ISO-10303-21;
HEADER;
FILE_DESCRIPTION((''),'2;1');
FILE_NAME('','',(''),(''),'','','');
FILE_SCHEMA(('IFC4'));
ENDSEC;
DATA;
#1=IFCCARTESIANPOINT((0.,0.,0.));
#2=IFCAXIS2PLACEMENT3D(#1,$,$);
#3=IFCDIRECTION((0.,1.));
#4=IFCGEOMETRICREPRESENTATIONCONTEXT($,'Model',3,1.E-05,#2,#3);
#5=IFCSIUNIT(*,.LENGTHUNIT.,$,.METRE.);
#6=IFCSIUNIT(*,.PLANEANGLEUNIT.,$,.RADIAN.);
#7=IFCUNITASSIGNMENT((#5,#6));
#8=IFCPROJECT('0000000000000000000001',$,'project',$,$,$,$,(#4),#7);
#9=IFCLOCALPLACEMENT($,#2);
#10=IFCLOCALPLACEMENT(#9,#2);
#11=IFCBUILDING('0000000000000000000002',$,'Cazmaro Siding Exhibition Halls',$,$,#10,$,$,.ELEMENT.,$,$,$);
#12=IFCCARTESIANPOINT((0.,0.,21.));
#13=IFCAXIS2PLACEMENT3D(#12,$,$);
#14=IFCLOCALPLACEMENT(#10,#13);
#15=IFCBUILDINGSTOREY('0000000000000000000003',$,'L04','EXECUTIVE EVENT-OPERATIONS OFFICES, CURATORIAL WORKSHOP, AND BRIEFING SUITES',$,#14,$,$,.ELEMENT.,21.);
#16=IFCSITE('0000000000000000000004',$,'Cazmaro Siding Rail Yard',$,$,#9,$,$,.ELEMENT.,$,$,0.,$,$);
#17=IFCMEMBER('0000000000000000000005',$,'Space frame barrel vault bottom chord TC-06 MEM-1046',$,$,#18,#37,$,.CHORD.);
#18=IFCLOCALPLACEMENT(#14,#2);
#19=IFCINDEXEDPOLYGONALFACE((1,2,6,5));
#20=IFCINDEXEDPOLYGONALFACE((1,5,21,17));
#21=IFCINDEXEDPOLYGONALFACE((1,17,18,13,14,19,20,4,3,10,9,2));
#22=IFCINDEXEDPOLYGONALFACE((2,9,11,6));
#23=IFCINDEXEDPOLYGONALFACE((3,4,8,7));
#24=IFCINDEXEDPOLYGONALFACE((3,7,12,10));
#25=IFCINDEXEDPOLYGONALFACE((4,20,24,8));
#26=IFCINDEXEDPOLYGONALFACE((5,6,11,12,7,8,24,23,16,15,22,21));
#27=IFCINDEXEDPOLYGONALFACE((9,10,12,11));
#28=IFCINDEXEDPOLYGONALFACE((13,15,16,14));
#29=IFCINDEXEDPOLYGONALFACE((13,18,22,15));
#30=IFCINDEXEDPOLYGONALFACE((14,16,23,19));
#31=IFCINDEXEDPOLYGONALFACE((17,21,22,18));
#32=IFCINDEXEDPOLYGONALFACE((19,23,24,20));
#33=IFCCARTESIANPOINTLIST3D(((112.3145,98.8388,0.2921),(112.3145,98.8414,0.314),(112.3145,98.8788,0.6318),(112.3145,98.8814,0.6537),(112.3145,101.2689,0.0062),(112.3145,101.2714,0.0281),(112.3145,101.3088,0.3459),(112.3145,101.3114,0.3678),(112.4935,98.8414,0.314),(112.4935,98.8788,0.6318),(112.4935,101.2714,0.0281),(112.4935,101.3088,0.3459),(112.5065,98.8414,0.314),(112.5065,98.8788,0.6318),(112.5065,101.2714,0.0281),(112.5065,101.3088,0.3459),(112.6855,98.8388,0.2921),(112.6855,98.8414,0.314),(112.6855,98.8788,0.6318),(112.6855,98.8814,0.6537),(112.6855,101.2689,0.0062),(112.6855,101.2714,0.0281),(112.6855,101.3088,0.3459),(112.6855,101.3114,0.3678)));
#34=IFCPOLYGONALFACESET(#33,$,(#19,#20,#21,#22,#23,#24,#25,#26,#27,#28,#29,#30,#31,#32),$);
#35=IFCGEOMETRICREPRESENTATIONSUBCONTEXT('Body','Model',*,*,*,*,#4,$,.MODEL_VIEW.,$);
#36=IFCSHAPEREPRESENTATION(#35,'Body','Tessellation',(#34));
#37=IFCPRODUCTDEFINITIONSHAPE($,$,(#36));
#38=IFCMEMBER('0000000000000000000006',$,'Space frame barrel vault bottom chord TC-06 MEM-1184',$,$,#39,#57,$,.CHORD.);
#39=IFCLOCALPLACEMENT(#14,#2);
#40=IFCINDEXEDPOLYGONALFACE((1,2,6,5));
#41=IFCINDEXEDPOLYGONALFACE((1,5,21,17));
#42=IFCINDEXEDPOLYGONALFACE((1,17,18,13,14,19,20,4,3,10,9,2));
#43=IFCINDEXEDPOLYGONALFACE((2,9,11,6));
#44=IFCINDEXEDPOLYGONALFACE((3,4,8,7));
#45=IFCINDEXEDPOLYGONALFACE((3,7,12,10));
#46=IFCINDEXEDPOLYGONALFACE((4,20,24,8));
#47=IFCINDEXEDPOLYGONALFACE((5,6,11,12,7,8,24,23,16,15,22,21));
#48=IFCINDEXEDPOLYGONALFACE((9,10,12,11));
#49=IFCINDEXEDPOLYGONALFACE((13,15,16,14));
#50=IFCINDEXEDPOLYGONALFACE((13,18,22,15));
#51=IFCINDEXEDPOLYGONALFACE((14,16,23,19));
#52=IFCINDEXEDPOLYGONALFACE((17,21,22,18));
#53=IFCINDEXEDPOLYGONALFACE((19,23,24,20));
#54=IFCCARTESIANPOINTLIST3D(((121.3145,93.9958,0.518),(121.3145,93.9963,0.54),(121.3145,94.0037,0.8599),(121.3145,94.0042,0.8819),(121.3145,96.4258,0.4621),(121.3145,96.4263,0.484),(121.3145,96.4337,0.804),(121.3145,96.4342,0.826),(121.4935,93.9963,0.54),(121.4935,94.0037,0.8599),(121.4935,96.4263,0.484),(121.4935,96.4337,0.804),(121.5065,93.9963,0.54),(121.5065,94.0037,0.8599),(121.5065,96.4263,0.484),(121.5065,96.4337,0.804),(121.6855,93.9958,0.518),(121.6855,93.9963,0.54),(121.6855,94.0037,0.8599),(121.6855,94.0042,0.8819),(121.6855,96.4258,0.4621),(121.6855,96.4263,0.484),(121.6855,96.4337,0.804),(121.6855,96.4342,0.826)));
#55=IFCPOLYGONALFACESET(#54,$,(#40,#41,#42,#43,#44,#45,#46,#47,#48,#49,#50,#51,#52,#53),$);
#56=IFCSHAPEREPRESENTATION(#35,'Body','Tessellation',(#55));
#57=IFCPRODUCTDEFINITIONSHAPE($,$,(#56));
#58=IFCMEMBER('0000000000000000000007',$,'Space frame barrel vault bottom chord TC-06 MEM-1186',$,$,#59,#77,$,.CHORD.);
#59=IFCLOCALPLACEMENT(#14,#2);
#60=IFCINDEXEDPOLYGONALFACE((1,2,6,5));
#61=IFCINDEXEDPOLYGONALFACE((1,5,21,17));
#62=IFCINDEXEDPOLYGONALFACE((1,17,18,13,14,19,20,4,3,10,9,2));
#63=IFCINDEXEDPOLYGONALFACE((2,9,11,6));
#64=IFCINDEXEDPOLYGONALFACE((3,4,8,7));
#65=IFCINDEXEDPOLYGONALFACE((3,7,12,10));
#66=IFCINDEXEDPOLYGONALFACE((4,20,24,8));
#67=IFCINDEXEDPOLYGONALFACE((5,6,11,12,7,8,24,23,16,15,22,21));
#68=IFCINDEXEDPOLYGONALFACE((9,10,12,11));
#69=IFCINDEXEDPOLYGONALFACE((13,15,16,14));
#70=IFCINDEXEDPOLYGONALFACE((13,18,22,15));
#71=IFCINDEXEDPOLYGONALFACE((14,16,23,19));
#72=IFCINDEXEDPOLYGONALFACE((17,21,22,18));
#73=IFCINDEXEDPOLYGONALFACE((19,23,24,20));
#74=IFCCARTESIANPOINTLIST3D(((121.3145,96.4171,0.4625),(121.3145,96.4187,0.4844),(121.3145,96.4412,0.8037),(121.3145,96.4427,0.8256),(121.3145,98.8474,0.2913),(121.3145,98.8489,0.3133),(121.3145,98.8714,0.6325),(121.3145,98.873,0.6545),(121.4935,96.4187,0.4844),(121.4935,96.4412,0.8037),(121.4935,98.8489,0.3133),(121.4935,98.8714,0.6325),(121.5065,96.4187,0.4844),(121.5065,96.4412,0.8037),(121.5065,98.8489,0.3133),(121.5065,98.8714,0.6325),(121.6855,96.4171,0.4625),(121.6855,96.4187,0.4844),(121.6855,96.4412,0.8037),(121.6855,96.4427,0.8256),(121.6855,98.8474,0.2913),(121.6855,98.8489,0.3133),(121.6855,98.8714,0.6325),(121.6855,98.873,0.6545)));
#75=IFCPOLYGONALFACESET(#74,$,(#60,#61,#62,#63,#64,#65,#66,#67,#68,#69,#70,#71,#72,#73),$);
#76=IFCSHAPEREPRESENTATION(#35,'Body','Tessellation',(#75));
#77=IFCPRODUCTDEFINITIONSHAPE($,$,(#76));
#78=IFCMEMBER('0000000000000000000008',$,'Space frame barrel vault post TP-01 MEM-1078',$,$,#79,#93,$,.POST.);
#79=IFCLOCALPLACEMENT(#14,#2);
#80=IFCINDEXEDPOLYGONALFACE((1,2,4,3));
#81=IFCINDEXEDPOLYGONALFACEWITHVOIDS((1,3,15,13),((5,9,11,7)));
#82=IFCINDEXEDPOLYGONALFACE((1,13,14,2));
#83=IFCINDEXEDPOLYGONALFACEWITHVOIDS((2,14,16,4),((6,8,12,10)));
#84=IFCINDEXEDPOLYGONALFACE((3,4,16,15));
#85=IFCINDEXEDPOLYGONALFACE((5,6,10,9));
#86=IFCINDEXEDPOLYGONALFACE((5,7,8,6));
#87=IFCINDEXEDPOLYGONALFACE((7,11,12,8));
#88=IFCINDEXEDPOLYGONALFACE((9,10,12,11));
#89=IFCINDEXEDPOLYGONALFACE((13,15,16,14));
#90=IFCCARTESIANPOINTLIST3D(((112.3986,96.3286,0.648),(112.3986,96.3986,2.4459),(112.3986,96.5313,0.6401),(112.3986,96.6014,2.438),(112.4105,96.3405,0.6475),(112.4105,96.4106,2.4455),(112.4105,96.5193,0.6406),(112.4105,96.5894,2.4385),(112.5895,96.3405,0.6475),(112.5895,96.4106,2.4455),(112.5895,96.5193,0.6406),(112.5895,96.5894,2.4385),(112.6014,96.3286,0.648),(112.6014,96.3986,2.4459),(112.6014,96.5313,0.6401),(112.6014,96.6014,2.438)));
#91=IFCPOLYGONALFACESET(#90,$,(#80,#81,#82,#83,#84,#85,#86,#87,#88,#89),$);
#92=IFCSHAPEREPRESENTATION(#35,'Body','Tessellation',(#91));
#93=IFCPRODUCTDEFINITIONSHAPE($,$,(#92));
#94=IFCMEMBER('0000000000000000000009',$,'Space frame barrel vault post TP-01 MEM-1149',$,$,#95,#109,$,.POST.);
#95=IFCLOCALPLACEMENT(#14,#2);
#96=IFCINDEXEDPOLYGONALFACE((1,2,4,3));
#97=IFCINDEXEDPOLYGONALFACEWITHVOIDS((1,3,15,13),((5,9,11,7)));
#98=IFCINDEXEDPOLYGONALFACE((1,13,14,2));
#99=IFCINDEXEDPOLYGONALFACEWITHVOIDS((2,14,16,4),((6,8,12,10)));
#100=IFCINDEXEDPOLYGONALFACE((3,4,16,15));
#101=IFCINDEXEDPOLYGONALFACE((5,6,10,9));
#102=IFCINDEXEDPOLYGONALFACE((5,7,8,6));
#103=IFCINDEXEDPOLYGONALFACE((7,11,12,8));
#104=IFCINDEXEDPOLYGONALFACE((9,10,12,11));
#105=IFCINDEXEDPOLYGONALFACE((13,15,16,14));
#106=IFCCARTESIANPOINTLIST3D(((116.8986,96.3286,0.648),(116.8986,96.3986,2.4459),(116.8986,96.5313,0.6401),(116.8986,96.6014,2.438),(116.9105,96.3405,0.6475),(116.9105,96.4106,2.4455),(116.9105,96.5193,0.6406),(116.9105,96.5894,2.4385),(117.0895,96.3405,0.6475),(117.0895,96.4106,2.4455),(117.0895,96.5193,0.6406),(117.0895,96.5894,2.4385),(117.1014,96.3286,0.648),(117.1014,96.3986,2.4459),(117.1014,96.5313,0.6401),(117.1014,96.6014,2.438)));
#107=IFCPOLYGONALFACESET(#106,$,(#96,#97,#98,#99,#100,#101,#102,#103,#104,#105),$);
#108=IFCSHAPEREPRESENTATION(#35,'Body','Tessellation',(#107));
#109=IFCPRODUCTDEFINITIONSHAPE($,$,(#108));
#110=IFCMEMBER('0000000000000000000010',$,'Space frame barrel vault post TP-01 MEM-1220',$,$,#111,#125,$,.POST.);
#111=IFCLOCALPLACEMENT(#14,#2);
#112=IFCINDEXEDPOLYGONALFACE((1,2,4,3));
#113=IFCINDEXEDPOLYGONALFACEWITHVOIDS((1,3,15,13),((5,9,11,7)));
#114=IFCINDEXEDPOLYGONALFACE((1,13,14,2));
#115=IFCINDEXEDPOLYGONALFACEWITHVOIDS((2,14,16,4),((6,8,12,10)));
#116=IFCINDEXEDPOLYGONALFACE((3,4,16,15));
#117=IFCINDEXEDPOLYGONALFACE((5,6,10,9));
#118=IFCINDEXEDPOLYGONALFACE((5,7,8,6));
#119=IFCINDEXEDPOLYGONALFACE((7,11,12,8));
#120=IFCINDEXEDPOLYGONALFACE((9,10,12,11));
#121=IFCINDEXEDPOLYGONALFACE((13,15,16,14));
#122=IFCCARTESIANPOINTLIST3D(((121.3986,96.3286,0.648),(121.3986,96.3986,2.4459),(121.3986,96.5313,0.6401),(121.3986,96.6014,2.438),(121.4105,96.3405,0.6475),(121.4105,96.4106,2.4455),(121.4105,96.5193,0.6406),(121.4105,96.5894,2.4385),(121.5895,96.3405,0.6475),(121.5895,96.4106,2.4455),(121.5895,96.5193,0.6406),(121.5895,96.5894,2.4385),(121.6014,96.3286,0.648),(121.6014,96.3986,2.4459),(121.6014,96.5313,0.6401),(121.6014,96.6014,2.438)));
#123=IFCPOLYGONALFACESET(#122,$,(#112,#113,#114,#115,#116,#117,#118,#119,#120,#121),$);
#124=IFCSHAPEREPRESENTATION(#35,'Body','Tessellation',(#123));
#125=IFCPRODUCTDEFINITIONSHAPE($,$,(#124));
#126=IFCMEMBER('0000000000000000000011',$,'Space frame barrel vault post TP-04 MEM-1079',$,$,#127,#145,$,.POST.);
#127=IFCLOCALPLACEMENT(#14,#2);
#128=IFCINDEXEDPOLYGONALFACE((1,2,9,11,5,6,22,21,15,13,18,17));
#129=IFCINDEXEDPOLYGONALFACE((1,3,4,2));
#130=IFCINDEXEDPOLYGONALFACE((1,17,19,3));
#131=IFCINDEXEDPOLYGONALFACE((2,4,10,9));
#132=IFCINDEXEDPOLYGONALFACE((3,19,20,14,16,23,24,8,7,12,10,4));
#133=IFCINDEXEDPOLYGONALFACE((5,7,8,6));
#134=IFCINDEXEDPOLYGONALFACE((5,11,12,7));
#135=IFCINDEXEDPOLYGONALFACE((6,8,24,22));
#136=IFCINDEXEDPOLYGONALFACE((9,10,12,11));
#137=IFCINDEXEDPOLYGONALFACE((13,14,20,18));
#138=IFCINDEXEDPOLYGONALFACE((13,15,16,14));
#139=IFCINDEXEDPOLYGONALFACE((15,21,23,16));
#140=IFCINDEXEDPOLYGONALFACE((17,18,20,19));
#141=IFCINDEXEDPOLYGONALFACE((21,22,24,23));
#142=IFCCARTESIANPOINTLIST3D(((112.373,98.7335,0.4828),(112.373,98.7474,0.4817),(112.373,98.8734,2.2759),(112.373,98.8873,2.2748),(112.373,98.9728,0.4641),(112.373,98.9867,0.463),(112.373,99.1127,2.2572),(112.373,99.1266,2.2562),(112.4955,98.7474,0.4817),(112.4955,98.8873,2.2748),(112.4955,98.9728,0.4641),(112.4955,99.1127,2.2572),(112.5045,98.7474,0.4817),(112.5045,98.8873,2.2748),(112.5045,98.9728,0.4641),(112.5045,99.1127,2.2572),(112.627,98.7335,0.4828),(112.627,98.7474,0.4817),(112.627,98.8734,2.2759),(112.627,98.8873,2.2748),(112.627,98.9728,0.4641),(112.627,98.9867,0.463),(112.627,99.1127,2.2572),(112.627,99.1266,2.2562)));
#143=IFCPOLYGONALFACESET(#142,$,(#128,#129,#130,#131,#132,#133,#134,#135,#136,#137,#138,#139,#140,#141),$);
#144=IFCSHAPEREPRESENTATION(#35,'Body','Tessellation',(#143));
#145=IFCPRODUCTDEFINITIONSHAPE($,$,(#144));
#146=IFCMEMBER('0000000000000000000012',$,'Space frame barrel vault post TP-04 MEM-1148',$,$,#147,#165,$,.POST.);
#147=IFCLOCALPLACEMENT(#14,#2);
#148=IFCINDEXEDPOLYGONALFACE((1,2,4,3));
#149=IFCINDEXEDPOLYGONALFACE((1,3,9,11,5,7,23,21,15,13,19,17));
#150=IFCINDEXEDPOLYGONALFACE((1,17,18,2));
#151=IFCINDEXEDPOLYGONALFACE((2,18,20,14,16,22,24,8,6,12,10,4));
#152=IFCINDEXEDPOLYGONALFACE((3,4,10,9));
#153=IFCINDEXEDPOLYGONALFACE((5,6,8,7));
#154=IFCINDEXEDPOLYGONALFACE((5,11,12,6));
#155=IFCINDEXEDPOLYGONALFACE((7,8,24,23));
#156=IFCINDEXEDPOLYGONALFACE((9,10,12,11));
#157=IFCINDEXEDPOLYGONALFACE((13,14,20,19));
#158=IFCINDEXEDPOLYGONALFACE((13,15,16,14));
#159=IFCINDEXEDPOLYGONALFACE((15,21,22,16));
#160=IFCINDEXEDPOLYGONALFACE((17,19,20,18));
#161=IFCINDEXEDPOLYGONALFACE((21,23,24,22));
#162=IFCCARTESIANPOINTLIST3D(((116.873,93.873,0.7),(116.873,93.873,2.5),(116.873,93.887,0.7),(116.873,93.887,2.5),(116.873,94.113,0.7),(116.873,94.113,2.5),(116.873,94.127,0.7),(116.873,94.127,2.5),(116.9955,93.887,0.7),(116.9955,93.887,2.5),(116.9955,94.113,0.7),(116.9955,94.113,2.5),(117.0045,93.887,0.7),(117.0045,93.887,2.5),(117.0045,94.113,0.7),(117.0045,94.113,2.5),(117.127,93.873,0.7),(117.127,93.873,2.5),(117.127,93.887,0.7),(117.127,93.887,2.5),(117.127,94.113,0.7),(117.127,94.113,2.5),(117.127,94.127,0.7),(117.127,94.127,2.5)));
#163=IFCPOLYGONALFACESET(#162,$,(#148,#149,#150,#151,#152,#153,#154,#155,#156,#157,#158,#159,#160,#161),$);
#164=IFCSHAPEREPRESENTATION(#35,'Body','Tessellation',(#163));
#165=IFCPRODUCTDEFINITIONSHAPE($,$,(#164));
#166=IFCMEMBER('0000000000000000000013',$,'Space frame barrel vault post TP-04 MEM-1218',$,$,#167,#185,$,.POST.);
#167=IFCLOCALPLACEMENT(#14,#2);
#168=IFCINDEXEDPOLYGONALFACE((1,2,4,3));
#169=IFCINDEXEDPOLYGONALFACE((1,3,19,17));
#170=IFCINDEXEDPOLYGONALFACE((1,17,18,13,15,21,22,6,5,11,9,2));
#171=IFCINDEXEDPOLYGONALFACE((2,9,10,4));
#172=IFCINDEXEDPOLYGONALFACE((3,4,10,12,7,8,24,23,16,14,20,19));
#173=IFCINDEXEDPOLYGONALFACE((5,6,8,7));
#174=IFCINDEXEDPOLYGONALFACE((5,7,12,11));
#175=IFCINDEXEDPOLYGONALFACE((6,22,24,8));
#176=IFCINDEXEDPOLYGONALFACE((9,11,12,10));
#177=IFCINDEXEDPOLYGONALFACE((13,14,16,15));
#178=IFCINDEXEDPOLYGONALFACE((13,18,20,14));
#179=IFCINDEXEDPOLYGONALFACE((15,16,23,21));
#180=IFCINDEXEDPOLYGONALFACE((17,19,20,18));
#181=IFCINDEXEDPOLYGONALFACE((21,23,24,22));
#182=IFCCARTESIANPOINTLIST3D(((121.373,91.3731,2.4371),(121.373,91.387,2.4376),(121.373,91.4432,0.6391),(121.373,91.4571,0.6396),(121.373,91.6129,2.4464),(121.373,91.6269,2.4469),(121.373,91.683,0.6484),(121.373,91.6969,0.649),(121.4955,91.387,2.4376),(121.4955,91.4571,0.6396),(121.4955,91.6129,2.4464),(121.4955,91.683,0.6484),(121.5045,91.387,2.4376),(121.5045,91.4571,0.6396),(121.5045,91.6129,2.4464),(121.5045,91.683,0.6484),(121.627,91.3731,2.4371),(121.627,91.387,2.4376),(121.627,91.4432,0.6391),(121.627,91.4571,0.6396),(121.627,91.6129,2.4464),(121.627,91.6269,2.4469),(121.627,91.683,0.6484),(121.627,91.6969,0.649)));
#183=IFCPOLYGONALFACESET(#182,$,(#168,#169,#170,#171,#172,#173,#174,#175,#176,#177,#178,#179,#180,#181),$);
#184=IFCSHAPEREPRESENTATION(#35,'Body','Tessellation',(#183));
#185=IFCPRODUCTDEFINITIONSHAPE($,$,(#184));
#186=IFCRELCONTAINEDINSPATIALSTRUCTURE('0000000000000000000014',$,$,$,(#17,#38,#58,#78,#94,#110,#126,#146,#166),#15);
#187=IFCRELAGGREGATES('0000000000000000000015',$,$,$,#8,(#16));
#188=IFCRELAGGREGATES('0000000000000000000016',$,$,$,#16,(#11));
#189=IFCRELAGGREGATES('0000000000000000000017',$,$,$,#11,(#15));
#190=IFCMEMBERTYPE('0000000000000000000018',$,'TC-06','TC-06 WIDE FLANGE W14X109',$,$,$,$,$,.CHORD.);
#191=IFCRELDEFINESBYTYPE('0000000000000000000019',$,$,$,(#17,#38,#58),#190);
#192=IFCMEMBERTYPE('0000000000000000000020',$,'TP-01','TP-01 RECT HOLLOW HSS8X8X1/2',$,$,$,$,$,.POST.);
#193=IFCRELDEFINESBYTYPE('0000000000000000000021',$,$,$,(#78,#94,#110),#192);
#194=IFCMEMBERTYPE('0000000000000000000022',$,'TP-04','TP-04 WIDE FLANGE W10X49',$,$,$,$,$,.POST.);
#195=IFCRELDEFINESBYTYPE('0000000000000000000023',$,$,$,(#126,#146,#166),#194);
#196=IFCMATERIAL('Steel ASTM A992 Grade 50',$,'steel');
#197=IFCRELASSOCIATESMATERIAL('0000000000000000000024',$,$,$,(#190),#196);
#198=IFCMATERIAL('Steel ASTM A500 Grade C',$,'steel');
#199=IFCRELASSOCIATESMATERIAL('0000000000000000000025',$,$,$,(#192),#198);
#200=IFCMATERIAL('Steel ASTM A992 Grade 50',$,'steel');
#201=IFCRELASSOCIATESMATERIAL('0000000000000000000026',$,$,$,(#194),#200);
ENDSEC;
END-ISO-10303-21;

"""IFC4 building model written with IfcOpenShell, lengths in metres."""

from ifc_helpers import new_model, si_unit, direction, frame, origin, origin_2d, place, context, subcontext, project, spatial, hollow_rectangle, i_section, extrude, material, material_profile, profile_set, type_object, element, save


model = new_model("IFC4")

# Units and contexts
model_context = context("Model", 3, precision=1e-05, world=origin(), true_north=direction((0.0, 1.0)))
body_context = subcontext(model_context, "Body", "Model", "MODEL_VIEW")
ifc_project = project(units=[si_unit("LENGTHUNIT", "METRE"), si_unit("PLANEANGLEUNIT", "RADIAN")], contexts=[model_context])

# Site, building, storey
site_placement = place(None, origin())
site = spatial("IfcSite", under=ifc_project, at=site_placement, Name="Cazmaro Siding Rail Yard", CompositionType="ELEMENT", RefElevation=0.0)
building_placement = place(site_placement, origin())
building = spatial("IfcBuilding", under=site, at=building_placement, Name="Cazmaro Siding Exhibition Halls", CompositionType="ELEMENT")
storey_placement = place(building_placement, frame((0.0, 0.0, 21.0)))
storey = spatial("IfcBuildingStorey", under=building, at=storey_placement, Name="L04", Description="EXECUTIVE EVENT-OPERATIONS OFFICES, CURATORIAL WORKSHOP, AND BRIEFING SUITES", CompositionType="ELEMENT", Elevation=21.0)

# Members
ifc_material_1 = material(Name="Steel ASTM A992 Grade 50", Category="steel")
ifc_material_profile_1 = material_profile(ifc_material_1, i_section(OverallWidth=0.3711, OverallDepth=0.364, WebThickness=0.0129, FlangeThickness=0.022, at=origin_2d()), Name="W14X109")
ifc_profile_set_1 = profile_set([ifc_material_profile_1], Name="Steel ASTM A992 Grade 50")
member_type_1 = type_object("IfcMemberType", Name="TC-06", Description="TC-06 WIDE FLANGE W14X109", PredefinedType="CHORD", material=ifc_profile_set_1)
member_1_placement = place(storey_placement, frame((112.5, 98.8601, 0.4729), z_axis=(0.0, 0.99315, -0.116847), x_axis=(-1.0, 0.0, 0.0)))
element("IfcMember", 1, at=member_1_placement, inside=storey, type_object=member_type_1, Name="Space frame barrel vault bottom chord TC-06 MEM-1046", PredefinedType="CHORD", context=body_context, shape_type="SweptSolid", body=[
    extrude(i_section(OverallWidth=0.3711, OverallDepth=0.364, WebThickness=0.0129, FlangeThickness=0.022, at=origin_2d()), origin(), (0.0, 0.0, 1.0), 2.4468),
])
member_2_placement = place(storey_placement, frame((121.5, 94.0, 0.7), z_axis=(0.0, 0.999735, -0.023002), x_axis=(-1.0, 0.0, 0.0)))
element("IfcMember", 2, at=member_2_placement, inside=storey, type_object=member_type_1, Name="Space frame barrel vault bottom chord TC-06 MEM-1184", PredefinedType="CHORD", context=body_context, shape_type="SweptSolid", body=[
    extrude(i_section(OverallWidth=0.3711, OverallDepth=0.364, WebThickness=0.0129, FlangeThickness=0.022, at=origin_2d()), origin(), (0.0, 0.0, 1.0), 2.4307),
])
member_3_placement = place(storey_placement, frame((121.5, 96.4299, 0.644), z_axis=(0.0, 0.997529, -0.07025), x_axis=(-1.0, 0.0, 0.0)))
element("IfcMember", 3, at=member_3_placement, inside=storey, type_object=member_type_1, Name="Space frame barrel vault bottom chord TC-06 MEM-1186", PredefinedType="CHORD", context=body_context, shape_type="SweptSolid", body=[
    extrude(i_section(OverallWidth=0.3711, OverallDepth=0.364, WebThickness=0.0129, FlangeThickness=0.022, at=origin_2d()), origin(), (0.0, 0.0, 1.0), 2.4363),
])
ifc_material_2 = material(Name="Steel ASTM A500 Grade C", Category="steel")
ifc_material_profile_2 = material_profile(ifc_material_2, hollow_rectangle(XDim=0.2029, YDim=0.2029, WallThickness=0.012, at=origin_2d()), Name="HSS8X8X1/2")
ifc_profile_set_2 = profile_set([ifc_material_profile_2], Name="Steel ASTM A500 Grade C")
member_type_2 = type_object("IfcMemberType", Name="TP-01", Description="TP-01 RECT HOLLOW HSS8X8X1/2", PredefinedType="POST", material=ifc_profile_set_2)
for number, where, z_axis, x_axis, name in (
    (4, (112.5, 96.4299, 0.644), (0.0, 0.038944, 0.999241), (-1.0, 0.0, 0.0), "Space frame barrel vault post TP-01 MEM-1078"),
    (5, (117.0, 96.4299, 0.644), (0.0, 0.038944, 0.999241), (-1.0, 0.0, 0.0), "Space frame barrel vault post TP-01 MEM-1149"),
    (6, (121.5, 96.4299, 0.644), (0.0, 0.038944, 0.999241), (-1.0, 0.0, 0.0), "Space frame barrel vault post TP-01 MEM-1220"),
):
    element("IfcMember", number, at=place(storey_placement, frame(where, z_axis=z_axis, x_axis=x_axis)), inside=storey, type_object=member_type_2, Name=name, PredefinedType="POST", context=body_context, shape_type="SweptSolid", body=[
        extrude(hollow_rectangle(XDim=0.2029, YDim=0.2029, WallThickness=0.012, at=origin_2d()), origin(), (0.0, 0.0, 1.0), 1.7993),
    ])
ifc_material_3 = material(Name="Steel ASTM A992 Grade 50", Category="steel")
ifc_material_profile_3 = material_profile(ifc_material_3, i_section(OverallWidth=0.2539, OverallDepth=0.2539, WebThickness=0.009, FlangeThickness=0.0139, at=origin_2d()), Name="W10X49")
ifc_profile_set_3 = profile_set([ifc_material_profile_3], Name="Steel ASTM A992 Grade 50")
member_type_3 = type_object("IfcMemberType", Name="TP-04", Description="TP-04 WIDE FLANGE W10X49", PredefinedType="POST", material=ifc_profile_set_3)
member_4_placement = place(storey_placement, frame((112.5, 98.8601, 0.4729), z_axis=(0.0, 0.077776, 0.996971), x_axis=(-1.0, 0.0, 0.0)))
element("IfcMember", 7, at=member_4_placement, inside=storey, type_object=member_type_3, Name="Space frame barrel vault post TP-04 MEM-1079", PredefinedType="POST", context=body_context, shape_type="SweptSolid", body=[
    extrude(i_section(OverallWidth=0.2539, OverallDepth=0.2539, WebThickness=0.009, FlangeThickness=0.0139, at=origin_2d()), origin(), (0.0, 0.0, 1.0), 1.7986),
])
member_5_placement = place(storey_placement, frame((117.0, 94.0, 0.7), z_axis=(0.0, 0.0, 1.0), x_axis=(1.0, 0.0, 0.0)))
element("IfcMember", 8, at=member_5_placement, inside=storey, type_object=member_type_3, Name="Space frame barrel vault post TP-04 MEM-1148", PredefinedType="POST", context=body_context, shape_type="SweptSolid", body=[
    extrude(i_section(OverallWidth=0.2539, OverallDepth=0.2539, WebThickness=0.009, FlangeThickness=0.0139, at=origin_2d()), origin(), (0.0, 0.0, 1.0), 1.8),
])
member_6_placement = place(storey_placement, frame((121.5, 91.5701, 0.644), z_axis=(0.0, -0.038944, 0.999241), x_axis=(1.0, 0.0, 0.0)))
element("IfcMember", 9, at=member_6_placement, inside=storey, type_object=member_type_3, Name="Space frame barrel vault post TP-04 MEM-1218", PredefinedType="POST", context=body_context, shape_type="SweptSolid", body=[
    extrude(i_section(OverallWidth=0.2539, OverallDepth=0.2539, WebThickness=0.009, FlangeThickness=0.0139, at=origin_2d()), origin(), (0.0, 0.0, 1.0), 1.7993),
])

save(model, "model.ifc")
